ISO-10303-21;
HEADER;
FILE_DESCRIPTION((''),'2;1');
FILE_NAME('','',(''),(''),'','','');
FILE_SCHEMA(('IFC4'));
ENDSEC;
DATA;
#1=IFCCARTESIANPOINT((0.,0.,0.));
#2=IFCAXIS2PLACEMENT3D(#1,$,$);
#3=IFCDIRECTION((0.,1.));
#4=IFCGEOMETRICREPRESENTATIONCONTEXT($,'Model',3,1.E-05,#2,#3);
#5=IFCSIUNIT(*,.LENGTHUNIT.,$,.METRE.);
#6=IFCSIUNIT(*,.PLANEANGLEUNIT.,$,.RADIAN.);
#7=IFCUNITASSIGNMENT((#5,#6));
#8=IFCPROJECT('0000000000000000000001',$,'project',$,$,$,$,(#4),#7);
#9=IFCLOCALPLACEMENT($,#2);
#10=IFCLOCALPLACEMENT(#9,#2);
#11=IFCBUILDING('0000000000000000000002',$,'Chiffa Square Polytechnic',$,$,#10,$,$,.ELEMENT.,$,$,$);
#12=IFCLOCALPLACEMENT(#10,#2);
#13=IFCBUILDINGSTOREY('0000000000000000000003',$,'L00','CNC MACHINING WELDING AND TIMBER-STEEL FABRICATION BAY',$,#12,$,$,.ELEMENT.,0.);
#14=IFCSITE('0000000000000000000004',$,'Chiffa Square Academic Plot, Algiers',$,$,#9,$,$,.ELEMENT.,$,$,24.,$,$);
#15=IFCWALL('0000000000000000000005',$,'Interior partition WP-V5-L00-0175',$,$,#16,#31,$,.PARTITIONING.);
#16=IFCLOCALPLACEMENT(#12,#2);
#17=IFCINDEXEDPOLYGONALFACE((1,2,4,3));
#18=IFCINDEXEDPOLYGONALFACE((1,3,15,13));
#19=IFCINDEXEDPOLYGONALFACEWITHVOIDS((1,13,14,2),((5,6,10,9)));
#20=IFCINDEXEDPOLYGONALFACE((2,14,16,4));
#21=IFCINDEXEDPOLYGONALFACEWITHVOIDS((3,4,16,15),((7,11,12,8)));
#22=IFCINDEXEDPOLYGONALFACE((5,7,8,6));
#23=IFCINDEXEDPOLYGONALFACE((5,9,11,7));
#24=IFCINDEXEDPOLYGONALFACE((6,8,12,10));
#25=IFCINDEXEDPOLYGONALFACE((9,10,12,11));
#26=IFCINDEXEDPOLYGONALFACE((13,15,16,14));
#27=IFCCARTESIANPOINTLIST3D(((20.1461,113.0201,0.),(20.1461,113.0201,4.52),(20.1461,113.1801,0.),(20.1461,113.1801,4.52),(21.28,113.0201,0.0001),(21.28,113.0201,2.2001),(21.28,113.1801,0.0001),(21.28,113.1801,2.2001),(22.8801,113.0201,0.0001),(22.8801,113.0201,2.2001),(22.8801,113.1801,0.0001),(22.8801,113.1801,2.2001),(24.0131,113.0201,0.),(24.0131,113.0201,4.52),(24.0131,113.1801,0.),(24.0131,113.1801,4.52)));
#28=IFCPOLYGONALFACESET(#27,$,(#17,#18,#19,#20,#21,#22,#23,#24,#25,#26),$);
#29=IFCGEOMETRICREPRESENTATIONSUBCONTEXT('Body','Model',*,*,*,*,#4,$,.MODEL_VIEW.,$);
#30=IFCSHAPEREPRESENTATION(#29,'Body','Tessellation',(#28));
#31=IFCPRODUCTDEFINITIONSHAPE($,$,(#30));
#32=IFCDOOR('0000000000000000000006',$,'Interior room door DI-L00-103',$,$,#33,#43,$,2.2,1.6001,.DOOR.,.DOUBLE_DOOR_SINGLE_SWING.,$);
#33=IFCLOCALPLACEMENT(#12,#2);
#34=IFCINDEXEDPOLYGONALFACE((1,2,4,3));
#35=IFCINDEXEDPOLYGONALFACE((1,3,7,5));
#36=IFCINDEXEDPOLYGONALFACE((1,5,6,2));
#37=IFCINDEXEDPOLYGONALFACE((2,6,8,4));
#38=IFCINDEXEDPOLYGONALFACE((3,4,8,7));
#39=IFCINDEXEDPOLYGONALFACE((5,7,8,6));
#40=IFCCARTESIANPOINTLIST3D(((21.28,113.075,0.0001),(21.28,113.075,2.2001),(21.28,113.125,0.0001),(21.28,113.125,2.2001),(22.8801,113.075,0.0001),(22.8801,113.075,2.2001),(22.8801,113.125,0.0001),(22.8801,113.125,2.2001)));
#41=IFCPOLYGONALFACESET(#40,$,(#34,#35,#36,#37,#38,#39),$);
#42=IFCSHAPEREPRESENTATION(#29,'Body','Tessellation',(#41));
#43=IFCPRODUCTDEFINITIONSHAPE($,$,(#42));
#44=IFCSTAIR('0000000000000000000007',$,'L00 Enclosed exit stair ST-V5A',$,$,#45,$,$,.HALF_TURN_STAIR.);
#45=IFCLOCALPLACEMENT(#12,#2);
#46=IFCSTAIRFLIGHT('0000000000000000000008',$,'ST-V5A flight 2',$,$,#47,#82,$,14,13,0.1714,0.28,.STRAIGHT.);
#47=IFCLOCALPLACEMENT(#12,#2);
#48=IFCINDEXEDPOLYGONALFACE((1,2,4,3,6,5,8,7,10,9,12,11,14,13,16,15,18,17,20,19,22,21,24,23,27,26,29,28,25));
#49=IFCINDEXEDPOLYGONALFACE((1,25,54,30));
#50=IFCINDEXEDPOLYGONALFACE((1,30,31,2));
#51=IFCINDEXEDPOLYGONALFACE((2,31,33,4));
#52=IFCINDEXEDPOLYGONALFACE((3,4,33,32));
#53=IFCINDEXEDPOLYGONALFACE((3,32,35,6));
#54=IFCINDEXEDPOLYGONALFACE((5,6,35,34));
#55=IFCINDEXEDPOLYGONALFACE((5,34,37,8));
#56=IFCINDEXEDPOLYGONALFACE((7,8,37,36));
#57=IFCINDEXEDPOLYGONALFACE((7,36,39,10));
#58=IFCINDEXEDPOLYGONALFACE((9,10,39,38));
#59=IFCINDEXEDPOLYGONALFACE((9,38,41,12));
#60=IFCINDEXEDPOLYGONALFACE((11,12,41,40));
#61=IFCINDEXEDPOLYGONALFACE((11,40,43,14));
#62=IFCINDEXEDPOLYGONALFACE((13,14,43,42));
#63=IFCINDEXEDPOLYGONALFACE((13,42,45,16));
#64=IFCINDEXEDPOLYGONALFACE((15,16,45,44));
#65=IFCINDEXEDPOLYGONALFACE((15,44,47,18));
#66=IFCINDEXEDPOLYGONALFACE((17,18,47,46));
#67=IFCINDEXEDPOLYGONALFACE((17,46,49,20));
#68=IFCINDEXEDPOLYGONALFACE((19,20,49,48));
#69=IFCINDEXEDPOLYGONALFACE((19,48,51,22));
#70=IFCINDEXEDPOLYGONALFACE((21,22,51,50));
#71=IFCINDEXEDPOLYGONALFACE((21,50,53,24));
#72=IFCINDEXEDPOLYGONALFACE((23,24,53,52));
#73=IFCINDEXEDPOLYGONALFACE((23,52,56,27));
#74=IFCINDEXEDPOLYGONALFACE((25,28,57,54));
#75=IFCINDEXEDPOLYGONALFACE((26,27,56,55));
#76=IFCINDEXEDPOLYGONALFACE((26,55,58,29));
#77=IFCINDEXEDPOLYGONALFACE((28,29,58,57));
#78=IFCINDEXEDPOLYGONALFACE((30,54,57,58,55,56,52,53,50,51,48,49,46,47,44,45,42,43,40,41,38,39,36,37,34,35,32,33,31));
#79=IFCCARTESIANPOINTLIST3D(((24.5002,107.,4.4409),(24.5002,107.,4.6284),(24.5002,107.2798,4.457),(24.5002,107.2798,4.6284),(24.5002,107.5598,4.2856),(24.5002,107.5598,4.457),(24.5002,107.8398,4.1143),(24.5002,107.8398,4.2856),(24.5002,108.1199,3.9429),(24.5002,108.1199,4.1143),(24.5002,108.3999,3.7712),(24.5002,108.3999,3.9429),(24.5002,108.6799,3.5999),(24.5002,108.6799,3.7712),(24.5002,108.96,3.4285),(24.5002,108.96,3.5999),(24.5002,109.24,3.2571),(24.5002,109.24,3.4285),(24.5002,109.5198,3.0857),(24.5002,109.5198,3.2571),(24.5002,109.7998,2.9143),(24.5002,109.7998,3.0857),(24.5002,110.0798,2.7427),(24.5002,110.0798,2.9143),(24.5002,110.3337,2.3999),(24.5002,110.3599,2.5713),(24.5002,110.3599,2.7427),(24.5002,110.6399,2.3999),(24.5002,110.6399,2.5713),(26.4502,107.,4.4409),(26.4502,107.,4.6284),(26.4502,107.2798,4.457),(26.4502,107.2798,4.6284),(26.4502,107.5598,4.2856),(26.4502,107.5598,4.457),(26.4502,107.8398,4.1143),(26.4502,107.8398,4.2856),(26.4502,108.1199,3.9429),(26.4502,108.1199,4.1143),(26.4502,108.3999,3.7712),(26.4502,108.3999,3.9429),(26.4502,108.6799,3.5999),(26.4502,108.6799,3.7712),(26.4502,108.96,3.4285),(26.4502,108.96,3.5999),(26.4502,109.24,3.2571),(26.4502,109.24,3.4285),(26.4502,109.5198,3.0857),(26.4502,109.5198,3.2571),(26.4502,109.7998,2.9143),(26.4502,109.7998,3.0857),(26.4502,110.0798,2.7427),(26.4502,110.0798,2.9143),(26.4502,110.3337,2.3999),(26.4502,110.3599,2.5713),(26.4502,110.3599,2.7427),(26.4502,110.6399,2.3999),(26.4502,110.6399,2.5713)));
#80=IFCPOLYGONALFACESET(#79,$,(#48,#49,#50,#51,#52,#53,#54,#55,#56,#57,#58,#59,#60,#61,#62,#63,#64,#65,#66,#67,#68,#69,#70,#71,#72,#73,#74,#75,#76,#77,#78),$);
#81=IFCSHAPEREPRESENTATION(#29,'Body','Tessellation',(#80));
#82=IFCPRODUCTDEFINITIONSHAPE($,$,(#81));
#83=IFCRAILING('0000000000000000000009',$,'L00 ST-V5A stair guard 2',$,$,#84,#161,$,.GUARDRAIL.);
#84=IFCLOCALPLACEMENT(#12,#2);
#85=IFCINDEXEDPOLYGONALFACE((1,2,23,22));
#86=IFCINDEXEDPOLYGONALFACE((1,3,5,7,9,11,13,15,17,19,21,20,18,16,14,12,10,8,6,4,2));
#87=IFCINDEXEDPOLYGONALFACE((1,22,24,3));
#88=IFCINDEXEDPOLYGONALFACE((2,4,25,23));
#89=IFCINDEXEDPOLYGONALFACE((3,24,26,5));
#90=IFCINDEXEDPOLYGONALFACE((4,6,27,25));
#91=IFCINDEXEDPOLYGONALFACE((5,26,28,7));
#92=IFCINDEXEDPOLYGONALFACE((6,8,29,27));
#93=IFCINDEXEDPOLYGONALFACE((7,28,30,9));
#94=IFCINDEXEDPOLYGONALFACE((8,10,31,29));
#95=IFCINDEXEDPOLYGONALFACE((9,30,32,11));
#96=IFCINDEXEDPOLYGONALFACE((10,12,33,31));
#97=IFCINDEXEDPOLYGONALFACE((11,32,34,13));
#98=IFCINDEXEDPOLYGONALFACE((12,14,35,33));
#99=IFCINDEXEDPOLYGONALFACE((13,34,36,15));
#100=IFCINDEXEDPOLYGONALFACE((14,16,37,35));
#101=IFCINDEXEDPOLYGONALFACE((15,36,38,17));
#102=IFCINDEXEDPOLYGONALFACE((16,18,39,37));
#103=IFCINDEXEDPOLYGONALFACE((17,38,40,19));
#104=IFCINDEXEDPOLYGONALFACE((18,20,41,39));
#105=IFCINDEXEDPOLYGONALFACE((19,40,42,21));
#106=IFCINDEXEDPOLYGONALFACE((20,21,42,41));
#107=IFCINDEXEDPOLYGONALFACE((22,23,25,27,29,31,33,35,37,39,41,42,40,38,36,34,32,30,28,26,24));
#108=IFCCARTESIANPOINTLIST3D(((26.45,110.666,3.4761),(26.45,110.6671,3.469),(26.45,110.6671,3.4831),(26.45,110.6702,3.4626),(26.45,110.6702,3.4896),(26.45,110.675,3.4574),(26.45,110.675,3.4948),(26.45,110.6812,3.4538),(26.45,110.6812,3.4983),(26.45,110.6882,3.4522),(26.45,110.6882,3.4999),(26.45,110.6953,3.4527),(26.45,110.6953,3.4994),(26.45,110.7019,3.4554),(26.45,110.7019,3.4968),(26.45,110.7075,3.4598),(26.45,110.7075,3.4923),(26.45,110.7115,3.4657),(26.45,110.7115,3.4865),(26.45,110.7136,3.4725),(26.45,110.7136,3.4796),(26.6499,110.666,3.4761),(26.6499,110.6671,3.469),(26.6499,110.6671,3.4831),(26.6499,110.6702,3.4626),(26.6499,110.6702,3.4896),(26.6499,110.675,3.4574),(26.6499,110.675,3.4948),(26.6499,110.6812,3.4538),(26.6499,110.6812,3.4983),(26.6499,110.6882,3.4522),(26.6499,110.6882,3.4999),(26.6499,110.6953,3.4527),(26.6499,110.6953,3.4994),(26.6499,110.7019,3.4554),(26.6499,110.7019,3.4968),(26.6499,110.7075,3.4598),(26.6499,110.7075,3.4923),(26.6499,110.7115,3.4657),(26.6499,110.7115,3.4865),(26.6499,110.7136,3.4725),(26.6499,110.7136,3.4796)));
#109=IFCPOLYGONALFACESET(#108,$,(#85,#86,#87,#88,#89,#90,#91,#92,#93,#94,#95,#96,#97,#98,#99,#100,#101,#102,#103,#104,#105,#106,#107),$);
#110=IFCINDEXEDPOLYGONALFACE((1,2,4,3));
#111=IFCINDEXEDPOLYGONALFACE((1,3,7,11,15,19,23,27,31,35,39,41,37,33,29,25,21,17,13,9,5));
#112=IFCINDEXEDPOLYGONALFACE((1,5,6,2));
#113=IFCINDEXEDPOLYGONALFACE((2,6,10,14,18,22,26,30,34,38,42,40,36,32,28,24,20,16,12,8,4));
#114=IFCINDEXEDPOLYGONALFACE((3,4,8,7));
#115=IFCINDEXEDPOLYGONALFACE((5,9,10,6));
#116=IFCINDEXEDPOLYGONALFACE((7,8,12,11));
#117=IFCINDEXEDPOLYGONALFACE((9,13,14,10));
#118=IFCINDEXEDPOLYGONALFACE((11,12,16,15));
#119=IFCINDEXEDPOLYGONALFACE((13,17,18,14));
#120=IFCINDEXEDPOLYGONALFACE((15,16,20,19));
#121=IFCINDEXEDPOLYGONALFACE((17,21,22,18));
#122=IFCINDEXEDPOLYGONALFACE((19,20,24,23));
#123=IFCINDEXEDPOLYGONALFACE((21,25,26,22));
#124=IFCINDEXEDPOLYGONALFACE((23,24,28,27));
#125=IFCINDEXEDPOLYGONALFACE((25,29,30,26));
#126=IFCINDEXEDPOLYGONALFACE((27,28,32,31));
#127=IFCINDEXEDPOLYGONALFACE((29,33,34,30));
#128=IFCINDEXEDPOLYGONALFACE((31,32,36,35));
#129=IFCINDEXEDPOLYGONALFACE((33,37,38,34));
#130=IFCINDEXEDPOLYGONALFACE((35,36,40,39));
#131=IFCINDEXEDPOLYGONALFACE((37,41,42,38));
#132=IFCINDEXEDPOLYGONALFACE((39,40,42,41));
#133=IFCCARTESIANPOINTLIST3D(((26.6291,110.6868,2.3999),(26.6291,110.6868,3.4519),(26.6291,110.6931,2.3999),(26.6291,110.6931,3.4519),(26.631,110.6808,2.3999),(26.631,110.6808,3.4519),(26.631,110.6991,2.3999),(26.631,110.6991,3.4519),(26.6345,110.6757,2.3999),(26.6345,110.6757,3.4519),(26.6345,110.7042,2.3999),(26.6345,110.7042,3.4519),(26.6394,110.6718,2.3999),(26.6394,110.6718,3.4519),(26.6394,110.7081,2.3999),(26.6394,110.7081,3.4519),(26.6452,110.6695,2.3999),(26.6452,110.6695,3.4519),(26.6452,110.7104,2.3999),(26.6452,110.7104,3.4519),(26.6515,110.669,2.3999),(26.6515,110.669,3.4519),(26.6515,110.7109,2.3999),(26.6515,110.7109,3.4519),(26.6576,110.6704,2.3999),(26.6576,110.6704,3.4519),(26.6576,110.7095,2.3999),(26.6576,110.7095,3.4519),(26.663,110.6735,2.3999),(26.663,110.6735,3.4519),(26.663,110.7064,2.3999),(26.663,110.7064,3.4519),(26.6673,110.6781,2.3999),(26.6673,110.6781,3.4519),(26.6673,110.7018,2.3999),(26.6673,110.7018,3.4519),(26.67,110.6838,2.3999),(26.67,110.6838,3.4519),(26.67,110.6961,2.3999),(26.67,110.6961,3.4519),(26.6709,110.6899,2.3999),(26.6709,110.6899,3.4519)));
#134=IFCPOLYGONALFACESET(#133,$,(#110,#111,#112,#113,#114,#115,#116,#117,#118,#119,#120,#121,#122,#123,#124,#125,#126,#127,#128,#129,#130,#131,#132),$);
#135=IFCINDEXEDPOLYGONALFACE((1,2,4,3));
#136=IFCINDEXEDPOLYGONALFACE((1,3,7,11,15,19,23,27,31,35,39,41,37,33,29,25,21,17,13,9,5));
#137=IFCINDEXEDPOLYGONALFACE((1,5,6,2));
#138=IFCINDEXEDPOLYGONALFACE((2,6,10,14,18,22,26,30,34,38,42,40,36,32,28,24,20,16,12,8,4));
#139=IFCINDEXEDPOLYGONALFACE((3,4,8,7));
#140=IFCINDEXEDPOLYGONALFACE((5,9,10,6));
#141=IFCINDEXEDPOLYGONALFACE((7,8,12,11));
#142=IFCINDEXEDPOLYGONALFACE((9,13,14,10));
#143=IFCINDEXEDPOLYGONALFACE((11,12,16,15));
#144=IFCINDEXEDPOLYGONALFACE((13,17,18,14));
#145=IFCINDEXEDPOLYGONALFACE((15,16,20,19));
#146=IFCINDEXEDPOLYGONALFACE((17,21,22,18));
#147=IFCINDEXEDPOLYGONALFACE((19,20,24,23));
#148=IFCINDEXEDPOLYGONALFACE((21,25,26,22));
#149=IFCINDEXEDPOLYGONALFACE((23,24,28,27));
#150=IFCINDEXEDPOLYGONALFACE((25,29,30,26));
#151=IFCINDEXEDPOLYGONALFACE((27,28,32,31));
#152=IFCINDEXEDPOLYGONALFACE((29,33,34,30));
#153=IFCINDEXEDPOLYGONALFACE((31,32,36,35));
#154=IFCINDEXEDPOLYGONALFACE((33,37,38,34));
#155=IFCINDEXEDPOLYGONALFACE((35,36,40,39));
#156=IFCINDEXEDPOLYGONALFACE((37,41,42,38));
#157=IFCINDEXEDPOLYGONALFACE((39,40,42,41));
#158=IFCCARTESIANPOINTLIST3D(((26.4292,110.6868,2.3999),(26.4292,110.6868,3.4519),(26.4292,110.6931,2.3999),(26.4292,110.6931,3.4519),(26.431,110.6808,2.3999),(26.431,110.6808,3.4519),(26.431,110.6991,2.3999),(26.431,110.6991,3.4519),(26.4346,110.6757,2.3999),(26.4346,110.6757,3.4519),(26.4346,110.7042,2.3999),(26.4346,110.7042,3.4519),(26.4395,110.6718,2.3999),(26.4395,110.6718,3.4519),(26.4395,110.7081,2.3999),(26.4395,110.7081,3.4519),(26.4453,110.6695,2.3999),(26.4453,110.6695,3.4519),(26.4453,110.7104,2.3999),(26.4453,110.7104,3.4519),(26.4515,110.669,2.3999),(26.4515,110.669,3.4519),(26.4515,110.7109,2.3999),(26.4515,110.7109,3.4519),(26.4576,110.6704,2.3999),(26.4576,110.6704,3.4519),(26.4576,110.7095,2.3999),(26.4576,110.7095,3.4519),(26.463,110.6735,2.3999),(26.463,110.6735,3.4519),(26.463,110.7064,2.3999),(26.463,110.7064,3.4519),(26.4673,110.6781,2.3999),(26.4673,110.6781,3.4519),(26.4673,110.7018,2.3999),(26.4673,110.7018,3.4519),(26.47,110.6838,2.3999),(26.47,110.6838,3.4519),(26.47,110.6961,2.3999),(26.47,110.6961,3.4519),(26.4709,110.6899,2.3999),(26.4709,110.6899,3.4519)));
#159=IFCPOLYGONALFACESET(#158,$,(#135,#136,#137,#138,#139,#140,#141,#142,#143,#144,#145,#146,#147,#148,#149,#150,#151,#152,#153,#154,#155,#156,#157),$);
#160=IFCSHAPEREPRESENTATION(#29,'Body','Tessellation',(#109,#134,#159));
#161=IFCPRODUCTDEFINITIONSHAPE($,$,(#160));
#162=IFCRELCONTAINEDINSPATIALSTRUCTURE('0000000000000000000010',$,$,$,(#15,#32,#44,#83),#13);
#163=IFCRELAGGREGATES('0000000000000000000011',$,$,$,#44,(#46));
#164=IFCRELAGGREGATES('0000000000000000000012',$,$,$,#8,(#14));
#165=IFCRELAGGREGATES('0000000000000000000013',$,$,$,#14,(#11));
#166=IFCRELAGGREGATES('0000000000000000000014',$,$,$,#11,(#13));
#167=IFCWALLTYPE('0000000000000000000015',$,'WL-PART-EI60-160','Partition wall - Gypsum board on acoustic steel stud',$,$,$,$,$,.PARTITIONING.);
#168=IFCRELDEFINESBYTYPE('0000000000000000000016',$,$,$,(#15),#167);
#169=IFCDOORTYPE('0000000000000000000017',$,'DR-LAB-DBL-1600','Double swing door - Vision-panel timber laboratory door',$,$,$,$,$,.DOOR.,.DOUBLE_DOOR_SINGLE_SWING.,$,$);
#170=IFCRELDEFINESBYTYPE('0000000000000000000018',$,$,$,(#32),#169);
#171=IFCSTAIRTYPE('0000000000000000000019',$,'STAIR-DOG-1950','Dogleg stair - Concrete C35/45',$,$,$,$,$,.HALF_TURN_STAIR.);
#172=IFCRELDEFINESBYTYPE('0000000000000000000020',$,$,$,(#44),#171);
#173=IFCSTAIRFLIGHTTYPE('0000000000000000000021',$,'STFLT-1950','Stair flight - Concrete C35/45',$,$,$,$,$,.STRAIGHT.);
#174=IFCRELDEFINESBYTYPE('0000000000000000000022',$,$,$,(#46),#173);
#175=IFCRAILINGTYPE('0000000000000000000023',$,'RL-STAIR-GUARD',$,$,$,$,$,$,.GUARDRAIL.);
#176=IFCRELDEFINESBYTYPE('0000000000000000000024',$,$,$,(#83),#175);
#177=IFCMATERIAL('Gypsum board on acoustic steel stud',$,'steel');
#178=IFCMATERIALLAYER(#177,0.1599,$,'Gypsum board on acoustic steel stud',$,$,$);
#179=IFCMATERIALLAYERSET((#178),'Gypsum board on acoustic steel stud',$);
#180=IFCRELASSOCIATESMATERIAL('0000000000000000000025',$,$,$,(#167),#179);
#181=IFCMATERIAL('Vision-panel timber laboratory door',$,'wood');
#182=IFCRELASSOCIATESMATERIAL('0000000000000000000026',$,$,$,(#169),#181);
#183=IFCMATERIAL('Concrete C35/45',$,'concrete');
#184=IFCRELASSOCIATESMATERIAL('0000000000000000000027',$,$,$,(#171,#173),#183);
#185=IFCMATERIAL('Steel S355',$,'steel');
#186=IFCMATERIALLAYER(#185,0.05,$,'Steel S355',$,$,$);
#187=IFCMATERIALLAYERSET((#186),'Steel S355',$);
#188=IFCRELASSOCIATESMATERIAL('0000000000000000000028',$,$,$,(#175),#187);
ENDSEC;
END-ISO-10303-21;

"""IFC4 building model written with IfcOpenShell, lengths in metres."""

from ifc_helpers import new_model, si_unit, direction, frame, frame_2d, origin, origin_2d, place, context, subcontext, project, spatial, polyline, rectangle, circle, outline, extrude, material, layer, layer_set, type_object, element, fill, aggregate, save


model = new_model("IFC4")

# Units and contexts
model_context = context("Model", 3, precision=1e-05, world=origin(), true_north=direction((0.0, 1.0)))
body_context = subcontext(model_context, "Body", "Model", "MODEL_VIEW")
ifc_project = project(units=[si_unit("LENGTHUNIT", "METRE"), si_unit("PLANEANGLEUNIT", "RADIAN")], contexts=[model_context])

# Site, building, storey
site_placement = place(None, origin())
site = spatial("IfcSite", under=ifc_project, at=site_placement, Name="Chiffa Square Academic Plot, Algiers", CompositionType="ELEMENT", RefElevation=24.0)
building_placement = place(site_placement, origin())
building = spatial("IfcBuilding", under=site, at=building_placement, Name="Chiffa Square Polytechnic", CompositionType="ELEMENT")
storey_placement = place(building_placement, origin())
storey = spatial("IfcBuildingStorey", under=building, at=storey_placement, Name="L00", Description="CNC MACHINING WELDING AND TIMBER-STEEL FABRICATION BAY", CompositionType="ELEMENT", Elevation=0.0)

# Shared definitions
ifc_material_1 = material(Name="Concrete C35/45", Category="concrete")

# Shared definitions
ifc_material_2 = material(Name="Gypsum board on acoustic steel stud", Category="steel")
ifc_layer_1 = layer(ifc_material_2, 0.1599, Name="Gypsum board on acoustic steel stud")
ifc_layer_set_1 = layer_set([ifc_layer_1], Name="Gypsum board on acoustic steel stud")
wall_type_1 = type_object("IfcWallType", Name="WL-PART-EI60-160", Description="Partition wall - Gypsum board on acoustic steel stud", PredefinedType="PARTITIONING", material=ifc_layer_set_1)

# Wall, opening, door
wall_1_placement = place(storey_placement, frame((20.146, 113.1001, 0.0), z_axis=(0.0, 0.0, 1.0), x_axis=(1.0, 0.0, 0.0)))
wall_1 = element("IfcWall", 1, at=wall_1_placement, inside=storey, type_object=wall_type_1, Name="Interior partition WP-V5-L00-0175", PredefinedType="PARTITIONING", context=body_context, shape_type="SweptSolid", body=[
    extrude(rectangle(XDim=3.8669, YDim=0.1599, at=frame_2d((1.9336, 0.0))), origin(), (0.0, 0.0, 1.0), 4.52),
])
opening_1_placement = place(wall_1_placement, frame((1.134, 0.0, 0.0)))
opening_1 = element("IfcOpeningElement", 2, at=opening_1_placement, cuts=wall_1, PredefinedType="OPENING", context=body_context, shape_type="SweptSolid", body=[
    extrude(rectangle(XDim=1.6001, YDim=2.2, at=frame_2d((0.8, 1.1001))), frame((0.0, 0.0898, 0.0), z_axis=(0.0, -1.0, 0.0), x_axis=(1.0, 0.0, 0.0)), (0.0, 0.0, 1.0), 0.1799),
])
ifc_material_3 = material(Name="Vision-panel timber laboratory door", Category="wood")
door_type_1 = type_object("IfcDoorType", Name="DR-LAB-DBL-1600", Description="Double swing door - Vision-panel timber laboratory door", OperationType="DOUBLE_DOOR_SINGLE_SWING", PredefinedType="DOOR", material=ifc_material_3)
door_1_placement = place(opening_1_placement, origin())
door_1 = element("IfcDoor", 3, at=door_1_placement, inside=storey, type_object=door_type_1, Name="Interior room door DI-L00-103", OperationType="DOUBLE_DOOR_SINGLE_SWING", OverallHeight=2.2, OverallWidth=1.6001, PredefinedType="DOOR", context=body_context, shape_type="SweptSolid", body=[
    extrude(rectangle(XDim=1.6001, YDim=2.2, at=frame_2d((0.8, 1.1001))), frame((0.0, 0.0249, 0.0), z_axis=(0.0, -1.0, 0.0), x_axis=(1.0, 0.0, 0.0)), (0.0, 0.0, 1.0), 0.05),
])
fill(opening_1, door_1)

# Stair, stair flight
stair_type = type_object("IfcStairType", Name="STAIR-DOG-1950", Description="Dogleg stair - Concrete C35/45", PredefinedType="HALF_TURN_STAIR", material=ifc_material_1)
stair_placement = place(storey_placement, origin())
stair = element("IfcStair", 4, at=stair_placement, inside=storey, type_object=stair_type, Name="L00 Enclosed exit stair ST-V5A", PredefinedType="HALF_TURN_STAIR")
stair_flight_type = type_object("IfcStairFlightType", Name="STFLT-1950", Description="Stair flight - Concrete C35/45", PredefinedType="STRAIGHT", material=ifc_material_1)
stair_flight_placement = place(storey_placement, frame((25.4751, 110.6399, 2.3999), z_axis=(0.0, 0.0, 1.0), x_axis=(0.0, -1.0, 0.0)))
stair_flight = element("IfcStairFlight", 5, at=stair_flight_placement, type_object=stair_flight_type, Name="ST-V5A flight 2", NumberOfRisers=14, NumberOfTreads=13, PredefinedType="STRAIGHT", RiserHeight=0.1714, TreadLength=0.28, context=body_context, shape_type="SweptSolid", body=[
    extrude(outline(polyline([(0.0, 0.0), (0.0, 0.1714), (0.28, 0.1714), (0.28, 0.3428), (0.5601, 0.3428), (0.5601, 0.5144), (0.8401, 0.5144), (0.8401, 0.6858), (1.1201, 0.6858), (1.1201, 0.8572), (1.3999, 0.8572), (1.3999, 1.0286), (1.6799, 1.0286), (1.6799, 1.2), (1.96, 1.2), (1.96, 1.3713), (2.24, 1.3713), (2.24, 1.543), (2.52, 1.543), (2.52, 1.7144), (2.8, 1.7144), (2.8, 1.8857), (3.0801, 1.8857), (3.0801, 2.0571), (3.3601, 2.0571), (3.3601, 2.2285), (3.6399, 2.2285), (3.6399, 2.3999), (3.6399, 2.041), (0.3062, 0.0), (0.0, 0.0)])), frame((0.0, 0.9751, 0.0), z_axis=(0.0, -1.0, 0.0), x_axis=(1.0, 0.0, 0.0)), (0.0, 0.0, 1.0), 1.95),
])
aggregate(stair, [stair_flight])

# Railing
ifc_material_4 = material(Name="Steel S355", Category="steel")
ifc_layer_2 = layer(ifc_material_4, 0.05, Name="Steel S355")
ifc_layer_set_2 = layer_set([ifc_layer_2], Name="Steel S355")
railing_type_1 = type_object("IfcRailingType", Name="RL-STAIR-GUARD", PredefinedType="GUARDRAIL", material=ifc_layer_set_2)
railing_1_placement = place(storey_placement, frame((26.6499, 110.6899, 2.3999)))
element("IfcRailing", 6, at=railing_1_placement, inside=storey, type_object=railing_type_1, Name="L00 ST-V5A stair guard 2", PredefinedType="GUARDRAIL", context=body_context, shape_type="SweptSolid", body=[
    extrude(circle(Radius=0.0239, at=origin_2d()), frame((0.0, 0.0, 1.0762), z_axis=(-1.0, 0.0, 0.0), x_axis=(0.0, -1.0, 0.0)), (0.0, 0.0, 1.0), 0.2),
    extrude(circle(Radius=0.021, at=origin_2d()), origin(), (0.0, 0.0, 1.0), 1.052),
    extrude(circle(Radius=0.021, at=origin_2d()), frame((-0.2, 0.0, 0.0)), (0.0, 0.0, 1.0), 1.052),
])

save(model, "model.ifc")
